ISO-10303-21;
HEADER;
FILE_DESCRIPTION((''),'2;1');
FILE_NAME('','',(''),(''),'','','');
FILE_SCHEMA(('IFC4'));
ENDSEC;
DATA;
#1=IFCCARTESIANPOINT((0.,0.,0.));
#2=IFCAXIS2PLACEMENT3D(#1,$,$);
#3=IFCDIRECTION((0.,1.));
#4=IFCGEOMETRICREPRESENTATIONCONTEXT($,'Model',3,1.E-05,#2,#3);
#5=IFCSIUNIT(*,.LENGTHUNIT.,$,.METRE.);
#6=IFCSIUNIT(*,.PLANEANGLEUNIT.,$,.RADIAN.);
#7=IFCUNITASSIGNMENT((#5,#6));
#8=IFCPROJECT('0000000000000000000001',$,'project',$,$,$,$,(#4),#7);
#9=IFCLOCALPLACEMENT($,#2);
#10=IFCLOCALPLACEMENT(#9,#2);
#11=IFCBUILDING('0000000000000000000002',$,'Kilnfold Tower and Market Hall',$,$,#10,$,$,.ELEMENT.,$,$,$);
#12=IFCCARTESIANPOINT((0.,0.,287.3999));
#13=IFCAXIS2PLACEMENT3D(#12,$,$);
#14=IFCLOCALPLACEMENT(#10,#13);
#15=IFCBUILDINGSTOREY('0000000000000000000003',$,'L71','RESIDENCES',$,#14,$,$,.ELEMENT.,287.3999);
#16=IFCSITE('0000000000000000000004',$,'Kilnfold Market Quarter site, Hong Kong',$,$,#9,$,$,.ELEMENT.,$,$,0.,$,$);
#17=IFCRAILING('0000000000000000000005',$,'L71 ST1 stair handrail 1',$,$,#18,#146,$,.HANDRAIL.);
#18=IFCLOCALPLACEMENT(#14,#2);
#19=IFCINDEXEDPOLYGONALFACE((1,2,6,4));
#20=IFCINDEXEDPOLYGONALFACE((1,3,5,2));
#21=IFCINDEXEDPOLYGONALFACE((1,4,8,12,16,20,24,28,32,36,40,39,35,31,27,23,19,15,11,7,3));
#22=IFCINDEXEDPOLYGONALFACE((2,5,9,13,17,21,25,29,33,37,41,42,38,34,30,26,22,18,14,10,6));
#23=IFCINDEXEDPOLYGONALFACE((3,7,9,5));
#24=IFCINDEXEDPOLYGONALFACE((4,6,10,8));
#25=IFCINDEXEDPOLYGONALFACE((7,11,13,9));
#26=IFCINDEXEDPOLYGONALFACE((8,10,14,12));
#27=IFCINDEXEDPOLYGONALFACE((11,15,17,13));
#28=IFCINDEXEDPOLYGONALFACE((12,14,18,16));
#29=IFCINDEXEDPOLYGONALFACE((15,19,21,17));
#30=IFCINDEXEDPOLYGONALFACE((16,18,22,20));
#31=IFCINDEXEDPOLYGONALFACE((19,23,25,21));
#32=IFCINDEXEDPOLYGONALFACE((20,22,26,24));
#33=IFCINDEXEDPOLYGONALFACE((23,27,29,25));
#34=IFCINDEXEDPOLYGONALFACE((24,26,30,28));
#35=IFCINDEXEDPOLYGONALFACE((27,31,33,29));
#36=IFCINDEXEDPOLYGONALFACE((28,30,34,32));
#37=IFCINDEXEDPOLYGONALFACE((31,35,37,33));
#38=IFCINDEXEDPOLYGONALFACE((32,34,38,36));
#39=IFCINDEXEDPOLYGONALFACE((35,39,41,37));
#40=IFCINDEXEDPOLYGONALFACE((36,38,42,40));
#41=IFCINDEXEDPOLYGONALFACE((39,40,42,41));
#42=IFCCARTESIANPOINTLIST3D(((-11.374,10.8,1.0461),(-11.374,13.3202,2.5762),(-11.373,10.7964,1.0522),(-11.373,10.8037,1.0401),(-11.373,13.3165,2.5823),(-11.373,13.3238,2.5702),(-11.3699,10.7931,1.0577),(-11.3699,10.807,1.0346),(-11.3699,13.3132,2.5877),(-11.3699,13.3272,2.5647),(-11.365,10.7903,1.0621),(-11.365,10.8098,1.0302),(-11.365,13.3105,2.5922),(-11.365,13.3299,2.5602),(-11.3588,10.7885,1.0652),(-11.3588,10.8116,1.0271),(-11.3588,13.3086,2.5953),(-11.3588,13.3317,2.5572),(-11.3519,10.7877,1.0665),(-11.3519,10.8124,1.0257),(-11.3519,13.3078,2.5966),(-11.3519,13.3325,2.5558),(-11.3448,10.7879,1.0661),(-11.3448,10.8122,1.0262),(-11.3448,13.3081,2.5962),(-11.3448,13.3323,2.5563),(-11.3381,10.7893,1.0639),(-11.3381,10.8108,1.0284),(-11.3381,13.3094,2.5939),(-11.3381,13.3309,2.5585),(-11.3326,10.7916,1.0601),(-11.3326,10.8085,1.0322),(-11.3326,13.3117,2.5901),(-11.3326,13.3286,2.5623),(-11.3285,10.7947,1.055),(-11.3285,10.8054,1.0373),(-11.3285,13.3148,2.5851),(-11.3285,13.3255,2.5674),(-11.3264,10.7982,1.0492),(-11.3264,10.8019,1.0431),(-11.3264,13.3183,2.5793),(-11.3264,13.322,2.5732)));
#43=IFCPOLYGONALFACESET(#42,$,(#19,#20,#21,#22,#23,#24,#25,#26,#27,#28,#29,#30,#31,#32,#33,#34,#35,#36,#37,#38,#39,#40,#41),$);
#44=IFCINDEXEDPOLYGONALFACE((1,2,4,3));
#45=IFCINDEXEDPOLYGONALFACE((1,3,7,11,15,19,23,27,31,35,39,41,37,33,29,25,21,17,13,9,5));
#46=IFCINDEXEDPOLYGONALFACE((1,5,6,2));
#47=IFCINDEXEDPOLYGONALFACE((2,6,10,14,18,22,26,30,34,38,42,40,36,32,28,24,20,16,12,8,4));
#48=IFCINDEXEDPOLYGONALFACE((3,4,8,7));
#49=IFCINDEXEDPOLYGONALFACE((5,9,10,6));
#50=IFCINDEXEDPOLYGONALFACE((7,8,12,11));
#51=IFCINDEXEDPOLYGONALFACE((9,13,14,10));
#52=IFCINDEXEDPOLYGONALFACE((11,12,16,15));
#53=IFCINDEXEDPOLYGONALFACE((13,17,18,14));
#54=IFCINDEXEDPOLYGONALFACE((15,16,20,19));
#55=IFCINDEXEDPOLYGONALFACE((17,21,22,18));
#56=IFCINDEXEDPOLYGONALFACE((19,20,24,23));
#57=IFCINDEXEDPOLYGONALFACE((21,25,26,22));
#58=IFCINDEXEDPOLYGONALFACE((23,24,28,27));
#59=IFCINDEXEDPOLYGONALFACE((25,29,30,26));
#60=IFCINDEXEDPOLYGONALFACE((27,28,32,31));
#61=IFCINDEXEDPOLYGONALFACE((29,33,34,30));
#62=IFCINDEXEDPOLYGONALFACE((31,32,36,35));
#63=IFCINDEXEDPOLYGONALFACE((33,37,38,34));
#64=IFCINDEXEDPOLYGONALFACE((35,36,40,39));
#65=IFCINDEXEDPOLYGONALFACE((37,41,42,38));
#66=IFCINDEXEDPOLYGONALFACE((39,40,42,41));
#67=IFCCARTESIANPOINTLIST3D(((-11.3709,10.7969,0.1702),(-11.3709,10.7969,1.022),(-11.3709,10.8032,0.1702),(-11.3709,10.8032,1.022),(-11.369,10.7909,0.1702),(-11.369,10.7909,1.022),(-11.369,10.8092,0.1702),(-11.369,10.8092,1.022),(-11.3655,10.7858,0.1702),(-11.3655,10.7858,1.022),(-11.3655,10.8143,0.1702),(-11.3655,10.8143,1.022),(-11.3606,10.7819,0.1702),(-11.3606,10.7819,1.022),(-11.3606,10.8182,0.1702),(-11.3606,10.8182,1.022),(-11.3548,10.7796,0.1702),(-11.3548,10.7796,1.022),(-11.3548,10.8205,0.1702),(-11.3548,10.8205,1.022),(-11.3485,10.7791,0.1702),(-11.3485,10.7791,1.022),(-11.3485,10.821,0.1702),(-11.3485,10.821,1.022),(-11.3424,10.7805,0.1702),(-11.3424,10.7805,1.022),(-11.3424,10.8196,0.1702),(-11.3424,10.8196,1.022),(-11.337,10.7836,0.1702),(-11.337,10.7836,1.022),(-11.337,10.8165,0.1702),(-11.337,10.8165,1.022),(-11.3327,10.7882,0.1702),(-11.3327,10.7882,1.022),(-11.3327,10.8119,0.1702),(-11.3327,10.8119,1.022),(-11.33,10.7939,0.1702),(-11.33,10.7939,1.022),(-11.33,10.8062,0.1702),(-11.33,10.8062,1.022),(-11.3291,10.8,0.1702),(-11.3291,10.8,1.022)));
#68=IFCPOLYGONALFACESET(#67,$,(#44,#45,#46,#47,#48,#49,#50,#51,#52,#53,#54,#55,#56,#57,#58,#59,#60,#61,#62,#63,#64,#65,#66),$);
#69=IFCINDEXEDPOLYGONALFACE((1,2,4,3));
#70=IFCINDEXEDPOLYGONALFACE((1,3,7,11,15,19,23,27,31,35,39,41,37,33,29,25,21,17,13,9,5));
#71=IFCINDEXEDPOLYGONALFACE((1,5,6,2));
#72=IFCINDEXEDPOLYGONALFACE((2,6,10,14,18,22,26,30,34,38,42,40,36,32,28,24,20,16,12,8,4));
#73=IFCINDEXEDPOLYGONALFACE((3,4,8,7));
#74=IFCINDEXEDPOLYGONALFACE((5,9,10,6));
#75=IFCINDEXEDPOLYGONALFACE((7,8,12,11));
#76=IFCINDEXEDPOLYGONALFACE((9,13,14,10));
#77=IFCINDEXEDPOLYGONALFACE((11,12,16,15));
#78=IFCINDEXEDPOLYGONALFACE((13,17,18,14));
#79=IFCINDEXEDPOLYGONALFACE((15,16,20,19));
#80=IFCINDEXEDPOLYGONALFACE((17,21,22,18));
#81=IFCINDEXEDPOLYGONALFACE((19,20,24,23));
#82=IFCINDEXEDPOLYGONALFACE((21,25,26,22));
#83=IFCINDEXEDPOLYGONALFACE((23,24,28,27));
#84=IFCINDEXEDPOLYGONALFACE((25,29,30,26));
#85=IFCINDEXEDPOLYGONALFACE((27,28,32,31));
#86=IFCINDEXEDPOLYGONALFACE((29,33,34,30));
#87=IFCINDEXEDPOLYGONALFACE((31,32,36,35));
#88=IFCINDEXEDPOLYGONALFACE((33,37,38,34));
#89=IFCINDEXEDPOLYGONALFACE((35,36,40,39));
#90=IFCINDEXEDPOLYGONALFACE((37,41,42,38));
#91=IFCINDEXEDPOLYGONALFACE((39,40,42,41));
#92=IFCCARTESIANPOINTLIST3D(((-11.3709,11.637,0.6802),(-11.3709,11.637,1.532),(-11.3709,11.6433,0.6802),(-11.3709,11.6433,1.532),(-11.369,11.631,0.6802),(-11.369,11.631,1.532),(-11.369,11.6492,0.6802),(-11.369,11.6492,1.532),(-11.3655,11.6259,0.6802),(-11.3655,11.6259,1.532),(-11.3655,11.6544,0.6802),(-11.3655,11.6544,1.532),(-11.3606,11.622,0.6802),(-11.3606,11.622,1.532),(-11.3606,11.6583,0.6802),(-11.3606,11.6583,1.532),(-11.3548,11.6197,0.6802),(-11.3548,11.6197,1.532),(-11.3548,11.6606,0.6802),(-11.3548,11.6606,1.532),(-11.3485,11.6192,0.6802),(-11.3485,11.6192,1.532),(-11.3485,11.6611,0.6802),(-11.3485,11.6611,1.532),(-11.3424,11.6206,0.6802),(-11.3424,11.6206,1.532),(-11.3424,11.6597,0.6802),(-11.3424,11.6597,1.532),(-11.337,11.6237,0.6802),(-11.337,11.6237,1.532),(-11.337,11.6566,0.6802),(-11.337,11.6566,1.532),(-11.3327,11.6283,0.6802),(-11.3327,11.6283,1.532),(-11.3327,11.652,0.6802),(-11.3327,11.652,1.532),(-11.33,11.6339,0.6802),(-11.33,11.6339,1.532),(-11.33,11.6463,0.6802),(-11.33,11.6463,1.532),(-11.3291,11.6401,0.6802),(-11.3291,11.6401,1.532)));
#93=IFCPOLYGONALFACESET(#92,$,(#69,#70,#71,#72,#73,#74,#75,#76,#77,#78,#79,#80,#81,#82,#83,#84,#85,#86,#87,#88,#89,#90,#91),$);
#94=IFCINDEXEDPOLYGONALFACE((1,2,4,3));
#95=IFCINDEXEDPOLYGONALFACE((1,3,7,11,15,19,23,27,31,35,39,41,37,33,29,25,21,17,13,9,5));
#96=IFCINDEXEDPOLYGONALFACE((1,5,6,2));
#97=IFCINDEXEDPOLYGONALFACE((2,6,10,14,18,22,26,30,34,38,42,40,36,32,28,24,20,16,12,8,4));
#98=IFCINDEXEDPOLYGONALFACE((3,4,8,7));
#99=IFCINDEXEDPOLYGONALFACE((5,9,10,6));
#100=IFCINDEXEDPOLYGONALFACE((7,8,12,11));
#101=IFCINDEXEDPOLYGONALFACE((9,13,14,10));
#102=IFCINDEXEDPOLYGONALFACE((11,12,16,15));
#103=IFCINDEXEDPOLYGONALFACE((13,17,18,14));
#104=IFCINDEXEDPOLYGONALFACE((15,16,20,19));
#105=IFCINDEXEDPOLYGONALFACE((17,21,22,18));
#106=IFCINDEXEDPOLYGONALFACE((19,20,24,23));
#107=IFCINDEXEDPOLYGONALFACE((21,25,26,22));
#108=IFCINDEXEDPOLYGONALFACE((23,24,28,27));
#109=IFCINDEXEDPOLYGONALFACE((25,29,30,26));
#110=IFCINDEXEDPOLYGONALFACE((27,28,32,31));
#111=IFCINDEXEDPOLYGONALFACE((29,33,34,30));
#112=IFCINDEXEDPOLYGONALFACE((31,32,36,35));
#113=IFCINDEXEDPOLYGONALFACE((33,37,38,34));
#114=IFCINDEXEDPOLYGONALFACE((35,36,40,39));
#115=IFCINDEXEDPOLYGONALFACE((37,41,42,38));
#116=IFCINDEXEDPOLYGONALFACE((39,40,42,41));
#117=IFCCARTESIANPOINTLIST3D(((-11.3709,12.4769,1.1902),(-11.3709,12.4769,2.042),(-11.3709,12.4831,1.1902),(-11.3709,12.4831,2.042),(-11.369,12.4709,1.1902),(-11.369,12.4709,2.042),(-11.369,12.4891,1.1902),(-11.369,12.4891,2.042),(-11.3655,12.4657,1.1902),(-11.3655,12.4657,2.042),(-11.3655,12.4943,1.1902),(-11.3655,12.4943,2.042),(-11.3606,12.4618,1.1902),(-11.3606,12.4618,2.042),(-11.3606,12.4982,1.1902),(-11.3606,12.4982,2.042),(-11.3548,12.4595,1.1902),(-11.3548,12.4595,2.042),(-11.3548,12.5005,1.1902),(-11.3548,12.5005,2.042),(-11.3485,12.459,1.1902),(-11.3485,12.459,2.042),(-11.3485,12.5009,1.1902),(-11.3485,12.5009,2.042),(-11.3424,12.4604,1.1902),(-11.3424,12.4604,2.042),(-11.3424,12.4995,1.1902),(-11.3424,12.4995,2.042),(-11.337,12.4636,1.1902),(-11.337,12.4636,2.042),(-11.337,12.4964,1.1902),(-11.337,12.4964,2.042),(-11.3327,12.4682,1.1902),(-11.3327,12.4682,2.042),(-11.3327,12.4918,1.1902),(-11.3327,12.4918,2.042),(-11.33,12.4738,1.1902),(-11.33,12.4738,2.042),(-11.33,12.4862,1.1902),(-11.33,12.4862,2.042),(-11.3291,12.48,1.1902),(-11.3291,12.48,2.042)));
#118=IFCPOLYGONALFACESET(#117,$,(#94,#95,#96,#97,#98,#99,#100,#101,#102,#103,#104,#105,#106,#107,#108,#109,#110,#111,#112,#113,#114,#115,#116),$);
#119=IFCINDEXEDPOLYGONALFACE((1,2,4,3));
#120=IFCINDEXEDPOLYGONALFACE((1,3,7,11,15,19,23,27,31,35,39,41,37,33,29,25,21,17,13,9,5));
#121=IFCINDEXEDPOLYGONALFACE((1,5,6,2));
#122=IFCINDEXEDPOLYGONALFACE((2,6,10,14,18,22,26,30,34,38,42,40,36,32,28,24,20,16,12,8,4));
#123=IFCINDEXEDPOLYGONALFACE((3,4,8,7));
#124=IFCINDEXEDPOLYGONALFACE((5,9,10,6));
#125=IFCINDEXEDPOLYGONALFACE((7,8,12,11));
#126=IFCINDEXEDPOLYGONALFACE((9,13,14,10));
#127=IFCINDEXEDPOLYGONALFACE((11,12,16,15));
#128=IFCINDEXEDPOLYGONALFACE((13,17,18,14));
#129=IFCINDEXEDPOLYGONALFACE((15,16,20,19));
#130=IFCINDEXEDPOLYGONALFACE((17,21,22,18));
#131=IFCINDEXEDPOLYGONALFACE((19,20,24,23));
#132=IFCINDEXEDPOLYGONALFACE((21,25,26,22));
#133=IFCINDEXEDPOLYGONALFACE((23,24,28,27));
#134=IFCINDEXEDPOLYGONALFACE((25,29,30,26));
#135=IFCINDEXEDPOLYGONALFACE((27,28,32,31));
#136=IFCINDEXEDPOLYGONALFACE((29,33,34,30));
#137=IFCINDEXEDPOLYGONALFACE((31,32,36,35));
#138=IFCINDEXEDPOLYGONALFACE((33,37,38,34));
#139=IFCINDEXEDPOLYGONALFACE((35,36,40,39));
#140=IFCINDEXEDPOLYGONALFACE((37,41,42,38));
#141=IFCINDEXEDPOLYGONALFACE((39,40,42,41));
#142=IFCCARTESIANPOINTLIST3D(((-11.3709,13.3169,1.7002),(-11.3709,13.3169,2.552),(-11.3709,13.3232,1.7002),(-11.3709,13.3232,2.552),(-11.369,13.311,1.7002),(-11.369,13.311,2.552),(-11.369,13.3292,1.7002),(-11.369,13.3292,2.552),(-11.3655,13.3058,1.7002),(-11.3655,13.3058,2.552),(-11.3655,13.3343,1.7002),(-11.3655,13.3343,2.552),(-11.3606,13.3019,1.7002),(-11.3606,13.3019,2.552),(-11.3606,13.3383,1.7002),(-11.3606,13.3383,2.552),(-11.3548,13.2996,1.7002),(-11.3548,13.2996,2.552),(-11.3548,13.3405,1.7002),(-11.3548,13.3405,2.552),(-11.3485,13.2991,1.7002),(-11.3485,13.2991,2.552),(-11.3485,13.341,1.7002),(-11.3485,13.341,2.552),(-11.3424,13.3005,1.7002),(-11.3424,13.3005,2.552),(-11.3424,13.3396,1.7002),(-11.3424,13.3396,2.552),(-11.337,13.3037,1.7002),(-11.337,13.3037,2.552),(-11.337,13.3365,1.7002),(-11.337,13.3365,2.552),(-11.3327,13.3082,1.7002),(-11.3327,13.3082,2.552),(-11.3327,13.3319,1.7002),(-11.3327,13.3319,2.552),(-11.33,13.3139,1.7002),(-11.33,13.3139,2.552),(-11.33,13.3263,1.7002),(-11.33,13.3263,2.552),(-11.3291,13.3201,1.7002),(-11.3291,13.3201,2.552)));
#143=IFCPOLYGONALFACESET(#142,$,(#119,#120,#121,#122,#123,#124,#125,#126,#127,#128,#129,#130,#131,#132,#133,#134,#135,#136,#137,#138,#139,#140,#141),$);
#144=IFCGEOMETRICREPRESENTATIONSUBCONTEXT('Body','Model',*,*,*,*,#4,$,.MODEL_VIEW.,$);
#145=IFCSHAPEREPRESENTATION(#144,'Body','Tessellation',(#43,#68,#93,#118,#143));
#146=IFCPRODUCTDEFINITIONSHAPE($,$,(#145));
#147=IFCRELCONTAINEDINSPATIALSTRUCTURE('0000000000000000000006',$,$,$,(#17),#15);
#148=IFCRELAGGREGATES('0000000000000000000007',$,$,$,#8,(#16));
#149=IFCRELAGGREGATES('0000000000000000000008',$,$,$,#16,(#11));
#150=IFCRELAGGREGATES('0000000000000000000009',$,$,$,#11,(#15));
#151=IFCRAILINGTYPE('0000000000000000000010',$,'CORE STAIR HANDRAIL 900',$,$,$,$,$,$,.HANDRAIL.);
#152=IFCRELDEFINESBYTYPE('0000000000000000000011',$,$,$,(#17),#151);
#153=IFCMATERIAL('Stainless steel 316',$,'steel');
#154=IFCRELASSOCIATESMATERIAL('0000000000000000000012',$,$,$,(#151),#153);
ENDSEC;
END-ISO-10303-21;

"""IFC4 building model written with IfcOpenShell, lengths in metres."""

from ifc_helpers import new_model, si_unit, direction, frame, origin, origin_2d, place, context, subcontext, project, spatial, circle, extrude, material, type_object, element, save


model = new_model("IFC4")

# Units and contexts
model_context = context("Model", 3, precision=1e-05, world=origin(), true_north=direction((0.0, 1.0)))
body_context = subcontext(model_context, "Body", "Model", "MODEL_VIEW")
ifc_project = project(units=[si_unit("LENGTHUNIT", "METRE"), si_unit("PLANEANGLEUNIT", "RADIAN")], contexts=[model_context])

# Site, building, storey
site_placement = place(None, origin())
site = spatial("IfcSite", under=ifc_project, at=site_placement, Name="Kilnfold Market Quarter site, Hong Kong", CompositionType="ELEMENT", RefElevation=0.0)
building_placement = place(site_placement, origin())
building = spatial("IfcBuilding", under=site, at=building_placement, Name="Kilnfold Tower and Market Hall", CompositionType="ELEMENT")
storey_placement = place(building_placement, frame((0.0, 0.0, 287.3999)))
storey = spatial("IfcBuildingStorey", under=building, at=storey_placement, Name="L71", Description="RESIDENCES", CompositionType="ELEMENT", Elevation=287.3999)

# Railing
ifc_material_1 = material(Name="Stainless steel 316", Category="steel")
railing_type_1 = type_object("IfcRailingType", Name="CORE STAIR HANDRAIL 900", PredefinedType="HANDRAIL", material=ifc_material_1)
railing_1_placement = place(storey_placement, frame((-11.3501, 10.8, 0.1702)))
element("IfcRailing", 1, at=railing_1_placement, inside=storey, type_object=railing_type_1, Name="L71 ST1 stair handrail 1", PredefinedType="HANDRAIL", context=body_context, shape_type="SweptSolid", body=[
    extrude(circle(Radius=0.0239, at=origin_2d()), frame((0.0, 0.0, 0.876), z_axis=(0.0, 0.854785, 0.518982), x_axis=(-1.0, 0.0, 0.0)), (0.0, 0.0, 1.0), 2.9482),
    extrude(circle(Radius=0.021, at=origin_2d()), origin(), (0.0, 0.0, 1.0), 0.8518),
    extrude(circle(Radius=0.021, at=origin_2d()), frame((0.0, 0.8401, 0.51)), (0.0, 0.0, 1.0), 0.8518),
    extrude(circle(Radius=0.021, at=origin_2d()), frame((0.0, 1.6799, 1.02)), (0.0, 0.0, 1.0), 0.8518),
    extrude(circle(Radius=0.021, at=origin_2d()), frame((0.0, 2.52, 1.53)), (0.0, 0.0, 1.0), 0.8518),
])

save(model, "model.ifc")
